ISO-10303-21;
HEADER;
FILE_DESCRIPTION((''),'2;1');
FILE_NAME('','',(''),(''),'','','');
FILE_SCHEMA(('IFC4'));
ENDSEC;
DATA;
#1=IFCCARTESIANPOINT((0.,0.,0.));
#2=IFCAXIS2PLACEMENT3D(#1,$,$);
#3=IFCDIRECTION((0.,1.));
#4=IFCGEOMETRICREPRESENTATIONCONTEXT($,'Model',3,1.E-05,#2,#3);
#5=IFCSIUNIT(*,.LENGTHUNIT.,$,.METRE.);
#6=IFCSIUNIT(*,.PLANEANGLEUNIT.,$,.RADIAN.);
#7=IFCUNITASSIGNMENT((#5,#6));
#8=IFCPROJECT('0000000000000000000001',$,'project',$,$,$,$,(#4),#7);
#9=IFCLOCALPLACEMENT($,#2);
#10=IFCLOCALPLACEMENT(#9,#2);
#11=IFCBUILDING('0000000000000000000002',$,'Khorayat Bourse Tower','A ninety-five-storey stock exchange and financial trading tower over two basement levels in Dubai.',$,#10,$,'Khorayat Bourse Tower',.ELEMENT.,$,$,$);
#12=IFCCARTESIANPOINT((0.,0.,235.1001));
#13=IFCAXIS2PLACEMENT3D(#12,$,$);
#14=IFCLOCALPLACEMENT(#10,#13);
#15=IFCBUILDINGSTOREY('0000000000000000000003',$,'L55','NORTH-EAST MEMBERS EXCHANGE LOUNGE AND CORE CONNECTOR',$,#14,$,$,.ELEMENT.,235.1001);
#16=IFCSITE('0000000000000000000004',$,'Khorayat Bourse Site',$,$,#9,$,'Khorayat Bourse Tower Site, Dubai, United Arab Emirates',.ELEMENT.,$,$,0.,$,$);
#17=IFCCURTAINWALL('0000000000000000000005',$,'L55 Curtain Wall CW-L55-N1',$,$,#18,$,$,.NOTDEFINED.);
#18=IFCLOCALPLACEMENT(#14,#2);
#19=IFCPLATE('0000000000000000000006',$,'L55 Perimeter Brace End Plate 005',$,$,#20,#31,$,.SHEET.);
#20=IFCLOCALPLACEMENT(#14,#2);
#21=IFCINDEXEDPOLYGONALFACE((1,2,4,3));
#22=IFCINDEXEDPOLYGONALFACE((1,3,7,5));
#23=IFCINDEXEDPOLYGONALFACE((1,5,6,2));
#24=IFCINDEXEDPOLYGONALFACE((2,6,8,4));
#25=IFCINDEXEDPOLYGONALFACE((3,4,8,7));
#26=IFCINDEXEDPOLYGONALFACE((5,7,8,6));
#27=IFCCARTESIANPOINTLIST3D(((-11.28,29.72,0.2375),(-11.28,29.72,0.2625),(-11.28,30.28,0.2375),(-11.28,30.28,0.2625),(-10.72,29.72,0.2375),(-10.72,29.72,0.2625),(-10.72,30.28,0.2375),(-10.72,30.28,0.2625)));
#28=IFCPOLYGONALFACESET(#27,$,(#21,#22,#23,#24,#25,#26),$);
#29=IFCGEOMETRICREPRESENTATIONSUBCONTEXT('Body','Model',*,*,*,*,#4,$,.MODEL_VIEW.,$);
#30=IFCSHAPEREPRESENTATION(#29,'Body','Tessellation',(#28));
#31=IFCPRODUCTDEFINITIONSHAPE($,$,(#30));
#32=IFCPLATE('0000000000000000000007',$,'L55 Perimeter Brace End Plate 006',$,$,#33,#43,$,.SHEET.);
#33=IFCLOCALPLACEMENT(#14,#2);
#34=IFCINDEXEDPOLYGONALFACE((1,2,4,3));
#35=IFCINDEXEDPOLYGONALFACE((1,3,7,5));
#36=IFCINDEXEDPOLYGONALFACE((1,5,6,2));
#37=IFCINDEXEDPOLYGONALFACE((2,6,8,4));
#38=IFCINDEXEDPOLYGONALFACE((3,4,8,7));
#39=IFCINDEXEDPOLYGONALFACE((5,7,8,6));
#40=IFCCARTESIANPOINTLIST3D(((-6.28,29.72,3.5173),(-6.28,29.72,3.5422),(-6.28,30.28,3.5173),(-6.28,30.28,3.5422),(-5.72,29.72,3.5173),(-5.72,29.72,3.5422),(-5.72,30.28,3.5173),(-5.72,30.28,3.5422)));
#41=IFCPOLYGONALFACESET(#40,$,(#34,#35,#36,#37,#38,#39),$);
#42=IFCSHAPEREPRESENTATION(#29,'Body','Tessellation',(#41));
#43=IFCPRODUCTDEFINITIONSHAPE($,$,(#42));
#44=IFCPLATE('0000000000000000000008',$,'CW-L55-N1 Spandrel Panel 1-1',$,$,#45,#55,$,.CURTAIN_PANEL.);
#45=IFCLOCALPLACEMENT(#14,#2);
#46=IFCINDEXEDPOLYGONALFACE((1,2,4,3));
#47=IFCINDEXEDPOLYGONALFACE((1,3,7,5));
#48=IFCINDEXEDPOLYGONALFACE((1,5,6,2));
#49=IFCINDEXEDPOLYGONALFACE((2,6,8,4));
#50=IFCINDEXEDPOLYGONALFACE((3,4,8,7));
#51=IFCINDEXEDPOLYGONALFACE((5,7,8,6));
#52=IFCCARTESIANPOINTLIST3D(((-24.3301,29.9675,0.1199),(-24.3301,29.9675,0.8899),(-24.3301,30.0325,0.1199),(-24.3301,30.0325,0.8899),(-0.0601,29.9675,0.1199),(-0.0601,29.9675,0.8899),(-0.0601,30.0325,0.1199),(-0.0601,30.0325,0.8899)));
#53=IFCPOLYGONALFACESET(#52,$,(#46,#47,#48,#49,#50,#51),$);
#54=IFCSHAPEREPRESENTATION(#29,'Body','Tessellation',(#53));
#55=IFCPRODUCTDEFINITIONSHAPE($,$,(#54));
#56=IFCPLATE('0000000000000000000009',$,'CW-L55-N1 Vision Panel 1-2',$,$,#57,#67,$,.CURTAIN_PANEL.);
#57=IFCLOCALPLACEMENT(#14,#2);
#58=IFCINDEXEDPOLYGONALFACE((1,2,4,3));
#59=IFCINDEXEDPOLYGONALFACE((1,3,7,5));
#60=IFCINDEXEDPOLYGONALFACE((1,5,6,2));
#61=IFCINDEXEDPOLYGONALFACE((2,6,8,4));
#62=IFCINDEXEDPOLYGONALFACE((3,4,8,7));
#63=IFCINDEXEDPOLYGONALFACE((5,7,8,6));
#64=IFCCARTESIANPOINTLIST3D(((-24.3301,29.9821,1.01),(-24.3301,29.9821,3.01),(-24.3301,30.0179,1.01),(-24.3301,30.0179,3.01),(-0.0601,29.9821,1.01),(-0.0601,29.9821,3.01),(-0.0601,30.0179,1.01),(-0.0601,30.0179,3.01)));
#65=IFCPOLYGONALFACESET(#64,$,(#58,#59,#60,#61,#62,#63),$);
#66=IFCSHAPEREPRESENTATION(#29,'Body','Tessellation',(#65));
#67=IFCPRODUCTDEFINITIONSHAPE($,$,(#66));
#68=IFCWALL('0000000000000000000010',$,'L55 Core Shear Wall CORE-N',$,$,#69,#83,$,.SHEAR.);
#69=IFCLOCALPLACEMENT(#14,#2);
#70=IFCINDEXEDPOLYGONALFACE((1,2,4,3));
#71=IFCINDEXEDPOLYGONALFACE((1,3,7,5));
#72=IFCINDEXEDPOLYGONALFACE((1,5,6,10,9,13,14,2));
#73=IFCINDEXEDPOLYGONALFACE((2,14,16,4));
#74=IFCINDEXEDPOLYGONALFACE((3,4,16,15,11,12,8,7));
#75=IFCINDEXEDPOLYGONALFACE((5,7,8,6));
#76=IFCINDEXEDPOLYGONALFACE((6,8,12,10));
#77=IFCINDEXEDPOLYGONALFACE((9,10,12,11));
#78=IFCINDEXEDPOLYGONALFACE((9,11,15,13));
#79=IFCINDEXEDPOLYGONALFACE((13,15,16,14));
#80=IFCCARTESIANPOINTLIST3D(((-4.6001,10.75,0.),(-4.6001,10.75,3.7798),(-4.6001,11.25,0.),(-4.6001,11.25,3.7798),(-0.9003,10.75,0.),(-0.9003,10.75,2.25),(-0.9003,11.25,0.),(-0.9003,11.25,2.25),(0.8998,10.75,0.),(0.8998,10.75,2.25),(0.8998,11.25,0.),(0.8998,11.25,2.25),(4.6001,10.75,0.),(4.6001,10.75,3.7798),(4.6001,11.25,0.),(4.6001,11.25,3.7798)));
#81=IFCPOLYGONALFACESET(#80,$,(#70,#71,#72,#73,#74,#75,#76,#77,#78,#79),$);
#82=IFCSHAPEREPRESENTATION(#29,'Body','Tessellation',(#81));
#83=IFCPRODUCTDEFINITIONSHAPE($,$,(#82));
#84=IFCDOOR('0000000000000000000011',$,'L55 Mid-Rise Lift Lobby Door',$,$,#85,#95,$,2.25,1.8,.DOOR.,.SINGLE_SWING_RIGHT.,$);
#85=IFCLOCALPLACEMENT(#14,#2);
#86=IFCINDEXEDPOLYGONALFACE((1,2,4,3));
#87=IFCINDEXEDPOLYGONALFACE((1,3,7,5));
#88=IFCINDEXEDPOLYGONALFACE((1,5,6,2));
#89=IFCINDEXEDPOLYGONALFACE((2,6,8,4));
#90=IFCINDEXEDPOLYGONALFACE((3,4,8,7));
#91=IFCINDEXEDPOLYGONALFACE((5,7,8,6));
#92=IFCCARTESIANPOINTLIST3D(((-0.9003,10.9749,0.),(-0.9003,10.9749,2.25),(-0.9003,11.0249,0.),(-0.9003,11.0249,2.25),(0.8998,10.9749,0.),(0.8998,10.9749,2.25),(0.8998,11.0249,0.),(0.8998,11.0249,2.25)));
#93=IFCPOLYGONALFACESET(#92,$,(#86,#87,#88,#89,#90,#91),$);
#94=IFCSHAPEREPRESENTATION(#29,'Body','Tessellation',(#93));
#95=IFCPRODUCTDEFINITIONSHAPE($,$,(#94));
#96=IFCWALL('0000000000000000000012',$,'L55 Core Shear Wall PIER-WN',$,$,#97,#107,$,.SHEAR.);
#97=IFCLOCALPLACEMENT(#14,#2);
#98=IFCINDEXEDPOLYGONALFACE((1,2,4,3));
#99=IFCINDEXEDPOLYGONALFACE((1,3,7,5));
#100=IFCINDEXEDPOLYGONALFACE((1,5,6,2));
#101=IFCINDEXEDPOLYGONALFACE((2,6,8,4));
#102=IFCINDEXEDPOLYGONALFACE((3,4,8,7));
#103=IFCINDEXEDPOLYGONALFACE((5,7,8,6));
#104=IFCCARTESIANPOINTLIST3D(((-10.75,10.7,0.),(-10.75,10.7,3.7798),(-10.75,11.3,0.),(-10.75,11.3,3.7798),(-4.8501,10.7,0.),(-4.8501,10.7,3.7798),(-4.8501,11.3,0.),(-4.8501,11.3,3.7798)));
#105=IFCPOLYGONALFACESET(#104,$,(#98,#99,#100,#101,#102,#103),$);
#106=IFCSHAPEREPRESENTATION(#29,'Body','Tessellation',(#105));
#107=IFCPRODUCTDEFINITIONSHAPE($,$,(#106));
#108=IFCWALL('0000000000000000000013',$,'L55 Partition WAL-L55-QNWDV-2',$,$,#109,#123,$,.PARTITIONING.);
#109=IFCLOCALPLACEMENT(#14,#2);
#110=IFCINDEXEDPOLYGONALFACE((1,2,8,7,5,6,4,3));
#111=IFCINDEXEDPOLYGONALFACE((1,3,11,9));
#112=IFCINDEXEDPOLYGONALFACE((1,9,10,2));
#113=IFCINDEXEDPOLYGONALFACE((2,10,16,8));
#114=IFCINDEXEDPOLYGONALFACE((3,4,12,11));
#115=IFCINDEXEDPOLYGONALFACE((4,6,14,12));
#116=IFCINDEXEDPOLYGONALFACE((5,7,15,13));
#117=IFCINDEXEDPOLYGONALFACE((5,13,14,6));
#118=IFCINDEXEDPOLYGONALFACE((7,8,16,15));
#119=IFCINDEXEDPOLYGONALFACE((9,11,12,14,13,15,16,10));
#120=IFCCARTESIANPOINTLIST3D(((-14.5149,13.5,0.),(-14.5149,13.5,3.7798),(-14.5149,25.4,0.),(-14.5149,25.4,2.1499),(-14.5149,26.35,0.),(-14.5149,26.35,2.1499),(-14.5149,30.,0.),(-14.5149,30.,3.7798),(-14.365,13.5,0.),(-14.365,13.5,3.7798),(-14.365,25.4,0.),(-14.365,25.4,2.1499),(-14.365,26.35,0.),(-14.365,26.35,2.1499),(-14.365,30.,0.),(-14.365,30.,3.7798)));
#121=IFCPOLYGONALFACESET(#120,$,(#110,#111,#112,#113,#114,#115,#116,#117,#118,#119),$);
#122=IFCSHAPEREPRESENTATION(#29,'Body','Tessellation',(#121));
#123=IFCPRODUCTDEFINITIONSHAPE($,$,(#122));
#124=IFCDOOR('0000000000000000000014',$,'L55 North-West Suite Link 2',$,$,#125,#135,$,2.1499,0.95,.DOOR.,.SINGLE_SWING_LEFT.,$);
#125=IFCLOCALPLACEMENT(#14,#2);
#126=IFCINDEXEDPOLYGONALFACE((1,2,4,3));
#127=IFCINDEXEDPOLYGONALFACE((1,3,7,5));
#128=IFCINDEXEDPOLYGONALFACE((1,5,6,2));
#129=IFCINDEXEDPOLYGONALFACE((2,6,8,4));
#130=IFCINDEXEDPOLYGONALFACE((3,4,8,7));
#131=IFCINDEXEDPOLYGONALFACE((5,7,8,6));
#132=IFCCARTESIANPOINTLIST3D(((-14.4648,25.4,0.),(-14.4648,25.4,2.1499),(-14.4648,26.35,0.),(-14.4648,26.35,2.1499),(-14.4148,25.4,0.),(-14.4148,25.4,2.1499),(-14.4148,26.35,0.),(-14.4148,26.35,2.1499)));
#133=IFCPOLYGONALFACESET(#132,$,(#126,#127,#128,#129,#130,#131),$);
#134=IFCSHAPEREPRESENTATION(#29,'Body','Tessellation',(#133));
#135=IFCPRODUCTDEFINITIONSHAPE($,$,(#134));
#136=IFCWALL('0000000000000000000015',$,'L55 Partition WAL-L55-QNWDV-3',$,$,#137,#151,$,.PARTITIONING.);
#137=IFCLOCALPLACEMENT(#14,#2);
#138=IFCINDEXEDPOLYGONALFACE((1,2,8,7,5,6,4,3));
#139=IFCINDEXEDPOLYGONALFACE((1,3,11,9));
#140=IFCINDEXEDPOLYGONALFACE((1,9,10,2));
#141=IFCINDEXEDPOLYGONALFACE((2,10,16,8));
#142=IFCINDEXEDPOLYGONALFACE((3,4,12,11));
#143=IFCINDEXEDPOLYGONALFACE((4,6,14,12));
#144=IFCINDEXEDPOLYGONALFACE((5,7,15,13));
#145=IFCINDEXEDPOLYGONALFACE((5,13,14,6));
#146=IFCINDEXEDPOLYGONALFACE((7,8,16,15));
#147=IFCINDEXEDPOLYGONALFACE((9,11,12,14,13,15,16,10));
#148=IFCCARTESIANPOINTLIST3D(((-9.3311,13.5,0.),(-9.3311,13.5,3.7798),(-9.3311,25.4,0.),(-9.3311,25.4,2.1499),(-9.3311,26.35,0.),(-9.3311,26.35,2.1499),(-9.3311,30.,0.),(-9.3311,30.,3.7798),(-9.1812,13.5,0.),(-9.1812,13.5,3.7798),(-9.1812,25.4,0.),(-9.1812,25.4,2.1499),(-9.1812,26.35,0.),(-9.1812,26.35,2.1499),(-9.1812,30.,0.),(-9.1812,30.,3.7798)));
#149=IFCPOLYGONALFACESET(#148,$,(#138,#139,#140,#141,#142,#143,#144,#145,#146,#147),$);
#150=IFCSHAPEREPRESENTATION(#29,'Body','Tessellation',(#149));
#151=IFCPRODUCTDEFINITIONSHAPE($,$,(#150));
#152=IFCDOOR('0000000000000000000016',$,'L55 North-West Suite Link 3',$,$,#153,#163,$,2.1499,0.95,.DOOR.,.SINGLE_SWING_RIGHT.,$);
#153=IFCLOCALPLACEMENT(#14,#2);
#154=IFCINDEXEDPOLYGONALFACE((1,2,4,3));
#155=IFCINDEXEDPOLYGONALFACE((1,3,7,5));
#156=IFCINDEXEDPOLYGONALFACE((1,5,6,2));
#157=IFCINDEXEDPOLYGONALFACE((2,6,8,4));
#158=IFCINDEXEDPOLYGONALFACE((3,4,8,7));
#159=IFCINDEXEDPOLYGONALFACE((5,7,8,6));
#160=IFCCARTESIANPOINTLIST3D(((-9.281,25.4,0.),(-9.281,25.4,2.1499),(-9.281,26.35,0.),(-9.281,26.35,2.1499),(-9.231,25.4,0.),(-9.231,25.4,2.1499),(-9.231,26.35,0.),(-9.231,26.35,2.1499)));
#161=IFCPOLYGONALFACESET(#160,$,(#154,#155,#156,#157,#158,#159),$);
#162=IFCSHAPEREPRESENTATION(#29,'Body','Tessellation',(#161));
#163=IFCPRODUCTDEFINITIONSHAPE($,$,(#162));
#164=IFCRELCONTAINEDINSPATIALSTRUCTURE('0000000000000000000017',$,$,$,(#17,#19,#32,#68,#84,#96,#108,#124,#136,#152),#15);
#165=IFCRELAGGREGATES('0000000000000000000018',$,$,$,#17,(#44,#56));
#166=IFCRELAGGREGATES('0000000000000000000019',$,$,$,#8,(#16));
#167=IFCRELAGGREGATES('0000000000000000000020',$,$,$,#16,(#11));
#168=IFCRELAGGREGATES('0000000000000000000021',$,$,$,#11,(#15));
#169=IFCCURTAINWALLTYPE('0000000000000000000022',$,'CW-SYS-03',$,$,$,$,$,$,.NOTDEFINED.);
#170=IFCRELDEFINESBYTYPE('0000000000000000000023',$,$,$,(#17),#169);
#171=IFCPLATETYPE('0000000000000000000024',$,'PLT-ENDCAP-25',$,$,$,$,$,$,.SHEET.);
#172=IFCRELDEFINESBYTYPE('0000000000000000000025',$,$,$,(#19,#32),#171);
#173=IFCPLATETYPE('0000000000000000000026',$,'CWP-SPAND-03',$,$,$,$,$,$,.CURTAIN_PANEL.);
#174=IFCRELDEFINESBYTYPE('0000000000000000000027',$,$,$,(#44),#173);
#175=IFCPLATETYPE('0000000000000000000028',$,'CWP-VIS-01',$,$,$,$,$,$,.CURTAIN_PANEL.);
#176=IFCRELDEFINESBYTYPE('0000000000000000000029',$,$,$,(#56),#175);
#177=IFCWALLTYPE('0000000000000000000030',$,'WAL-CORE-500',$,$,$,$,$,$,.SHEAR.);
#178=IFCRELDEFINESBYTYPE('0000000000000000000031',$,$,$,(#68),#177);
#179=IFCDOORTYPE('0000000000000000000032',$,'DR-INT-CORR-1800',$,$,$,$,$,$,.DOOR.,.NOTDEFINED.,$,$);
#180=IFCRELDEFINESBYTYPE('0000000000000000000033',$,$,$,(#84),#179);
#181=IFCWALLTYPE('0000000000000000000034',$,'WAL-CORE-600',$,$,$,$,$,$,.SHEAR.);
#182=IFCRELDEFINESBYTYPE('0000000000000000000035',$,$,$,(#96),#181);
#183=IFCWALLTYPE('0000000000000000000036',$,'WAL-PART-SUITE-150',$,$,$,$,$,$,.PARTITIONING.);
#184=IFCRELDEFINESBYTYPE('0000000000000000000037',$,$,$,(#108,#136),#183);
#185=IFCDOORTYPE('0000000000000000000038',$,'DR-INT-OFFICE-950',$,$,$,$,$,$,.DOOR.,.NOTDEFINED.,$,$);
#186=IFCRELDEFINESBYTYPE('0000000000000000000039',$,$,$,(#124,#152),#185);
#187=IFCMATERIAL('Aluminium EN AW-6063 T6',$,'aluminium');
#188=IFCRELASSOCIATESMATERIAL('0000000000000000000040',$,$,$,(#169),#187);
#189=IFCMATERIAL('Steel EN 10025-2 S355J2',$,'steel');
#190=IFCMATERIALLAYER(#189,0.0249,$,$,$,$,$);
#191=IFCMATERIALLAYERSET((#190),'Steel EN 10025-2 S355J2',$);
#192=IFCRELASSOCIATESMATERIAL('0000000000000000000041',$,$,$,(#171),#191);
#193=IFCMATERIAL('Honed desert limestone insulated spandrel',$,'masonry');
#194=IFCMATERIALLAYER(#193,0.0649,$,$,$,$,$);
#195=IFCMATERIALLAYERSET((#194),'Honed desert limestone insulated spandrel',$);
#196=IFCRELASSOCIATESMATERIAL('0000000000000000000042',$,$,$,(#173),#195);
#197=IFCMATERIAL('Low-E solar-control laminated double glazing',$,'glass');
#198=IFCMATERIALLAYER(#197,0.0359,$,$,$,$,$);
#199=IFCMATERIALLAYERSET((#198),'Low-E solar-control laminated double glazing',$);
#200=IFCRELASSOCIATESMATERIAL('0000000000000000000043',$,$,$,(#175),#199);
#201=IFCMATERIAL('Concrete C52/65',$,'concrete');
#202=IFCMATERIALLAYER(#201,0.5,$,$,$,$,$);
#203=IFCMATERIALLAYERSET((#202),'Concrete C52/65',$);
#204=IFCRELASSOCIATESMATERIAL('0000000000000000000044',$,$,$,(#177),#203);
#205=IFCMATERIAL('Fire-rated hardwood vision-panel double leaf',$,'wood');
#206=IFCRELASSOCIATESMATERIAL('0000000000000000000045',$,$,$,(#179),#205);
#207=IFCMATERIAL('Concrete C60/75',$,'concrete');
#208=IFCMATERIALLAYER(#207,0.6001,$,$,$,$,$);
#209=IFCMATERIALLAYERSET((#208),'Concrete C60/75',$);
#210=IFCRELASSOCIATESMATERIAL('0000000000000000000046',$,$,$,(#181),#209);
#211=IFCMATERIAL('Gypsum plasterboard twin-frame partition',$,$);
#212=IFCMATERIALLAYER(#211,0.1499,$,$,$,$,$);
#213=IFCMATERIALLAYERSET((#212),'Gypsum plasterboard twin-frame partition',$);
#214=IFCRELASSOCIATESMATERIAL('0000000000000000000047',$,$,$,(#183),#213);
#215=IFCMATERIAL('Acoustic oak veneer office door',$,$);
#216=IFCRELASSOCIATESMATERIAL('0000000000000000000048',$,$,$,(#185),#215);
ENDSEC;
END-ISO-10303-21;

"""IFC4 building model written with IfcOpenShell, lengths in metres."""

from ifc_helpers import new_model, si_unit, direction, frame, frame_2d, origin, origin_2d, place, context, subcontext, project, spatial, rectangle, extrude, source, transform, mapped, material, layer, layer_set, type_object, element, fill, aggregate, save


model = new_model("IFC4")

# Units and contexts
model_context = context("Model", 3, precision=1e-05, world=origin(), true_north=direction((0.0, 1.0)))
body_context = subcontext(model_context, "Body", "Model", "MODEL_VIEW")
ifc_project = project(units=[si_unit("LENGTHUNIT", "METRE"), si_unit("PLANEANGLEUNIT", "RADIAN")], contexts=[model_context])

# Site, building, storey
site_placement = place(None, origin())
site = spatial("IfcSite", under=ifc_project, at=site_placement, Name="Khorayat Bourse Site", LongName="Khorayat Bourse Tower Site, Dubai, United Arab Emirates", CompositionType="ELEMENT", RefElevation=0.0)
building_placement = place(site_placement, origin())
building = spatial("IfcBuilding", under=site, at=building_placement, Name="Khorayat Bourse Tower", Description="A ninety-five-storey stock exchange and financial trading tower over two basement levels in Dubai.", LongName="Khorayat Bourse Tower", CompositionType="ELEMENT")
storey_placement = place(building_placement, frame((0.0, 0.0, 235.1001)))
storey = spatial("IfcBuildingStorey", under=building, at=storey_placement, Name="L55", Description="NORTH-EAST MEMBERS EXCHANGE LOUNGE AND CORE CONNECTOR", CompositionType="ELEMENT", Elevation=235.1001)

# Curtain wall
ifc_material_1 = material(Name="Aluminium EN AW-6063 T6", Category="aluminium")
curtain_wall_type = type_object("IfcCurtainWallType", Name="CW-SYS-03", PredefinedType="NOTDEFINED", material=ifc_material_1)
curtain_wall_placement = place(storey_placement, origin())
curtain_wall = element("IfcCurtainWall", 1, at=curtain_wall_placement, inside=storey, type_object=curtain_wall_type, Name="L55 Curtain Wall CW-L55-N1", PredefinedType="NOTDEFINED")

# Plates
ifc_material_2 = material(Name="Steel EN 10025-2 S355J2", Category="steel")
ifc_layer_1 = layer(ifc_material_2, 0.0249)
ifc_layer_set_1 = layer_set([ifc_layer_1], Name="Steel EN 10025-2 S355J2")
plate_type_1 = type_object("IfcPlateType", Name="PLT-ENDCAP-25", PredefinedType="SHEET", material=ifc_layer_set_1)
shared_shape_1 = source(origin(), body_context, "Body", "SweptSolid", [
    extrude(rectangle(XDim=0.5601, YDim=0.5601, at=origin_2d()), origin(), (0.0, 0.0, 1.0), 0.0249),
])
for number, where, z_axis, x_axis, name in (
    (2, (-11.0, 30.0, 0.2375), (0.0, 0.0, 1.0), (1.0, 0.0, 0.0), "L55 Perimeter Brace End Plate 005"),
    (3, (-6.0, 30.0, 3.5173), (0.0, 0.0, 1.0), (1.0, 0.0, 0.0), "L55 Perimeter Brace End Plate 006"),
):
    element("IfcPlate", number, at=place(storey_placement, frame(where, z_axis=z_axis, x_axis=x_axis)), inside=storey, type_object=plate_type_1, Name=name, PredefinedType="SHEET", context=body_context, shape_type="MappedRepresentation", body=[
        mapped(shared_shape_1, transform((0.0, 0.0, 0.0), scale=1.0)),
    ])

# Plates
ifc_material_3 = material(Name="Honed desert limestone insulated spandrel", Category="masonry")
ifc_layer_2 = layer(ifc_material_3, 0.0649)
ifc_layer_set_2 = layer_set([ifc_layer_2], Name="Honed desert limestone insulated spandrel")
plate_type_2 = type_object("IfcPlateType", Name="CWP-SPAND-03", PredefinedType="CURTAIN_PANEL", material=ifc_layer_set_2)
shared_shape_2 = source(origin(), body_context, "Body", "SweptSolid", [
    extrude(rectangle(XDim=24.27, YDim=0.0649, at=origin_2d()), origin(), (0.0, 0.0, 1.0), 0.77),
])
plate_1_placement = place(storey_placement, frame((-12.1951, 30.0, 0.1199), z_axis=(0.0, 0.0, 1.0), x_axis=(1.0, 0.0, 0.0)))
plate_1 = element("IfcPlate", 4, at=plate_1_placement, type_object=plate_type_2, Name="CW-L55-N1 Spandrel Panel 1-1", PredefinedType="CURTAIN_PANEL", context=body_context, shape_type="MappedRepresentation", body=[
    mapped(shared_shape_2, transform((0.0, 0.0, 0.0), scale=1.0)),
])
ifc_material_4 = material(Name="Low-E solar-control laminated double glazing", Category="glass")
ifc_layer_3 = layer(ifc_material_4, 0.0359)
ifc_layer_set_3 = layer_set([ifc_layer_3], Name="Low-E solar-control laminated double glazing")
plate_type_3 = type_object("IfcPlateType", Name="CWP-VIS-01", PredefinedType="CURTAIN_PANEL", material=ifc_layer_set_3)
shared_shape_3 = source(origin(), body_context, "Body", "SweptSolid", [
    extrude(rectangle(XDim=24.27, YDim=0.0359, at=origin_2d()), origin(), (0.0, 0.0, 1.0), 2.0),
])
plate_2_placement = place(storey_placement, frame((-12.1951, 30.0, 1.01), z_axis=(0.0, 0.0, 1.0), x_axis=(1.0, 0.0, 0.0)))
plate_2 = element("IfcPlate", 5, at=plate_2_placement, type_object=plate_type_3, Name="CW-L55-N1 Vision Panel 1-2", PredefinedType="CURTAIN_PANEL", context=body_context, shape_type="MappedRepresentation", body=[
    mapped(shared_shape_3, transform((0.0, 0.0, 0.0), scale=1.0)),
])
aggregate(curtain_wall, [plate_1, plate_2])

# Wall, opening, door
ifc_material_5 = material(Name="Concrete C52/65", Category="concrete")
ifc_layer_4 = layer(ifc_material_5, 0.5)
ifc_layer_set_4 = layer_set([ifc_layer_4], Name="Concrete C52/65")
wall_type_1 = type_object("IfcWallType", Name="WAL-CORE-500", PredefinedType="SHEAR", material=ifc_layer_set_4)
shared_shape_4 = source(origin(), body_context, "Body", "SweptSolid", [
    extrude(rectangle(XDim=9.2002, YDim=0.5, at=frame_2d((4.6001, 0.0))), origin(), (0.0, 0.0, 1.0), 3.7798),
])
wall_1_placement = place(storey_placement, frame((-4.6001, 11.0, 0.0), z_axis=(0.0, 0.0, 1.0), x_axis=(1.0, 0.0, 0.0)))
wall_1 = element("IfcWall", 6, at=wall_1_placement, inside=storey, type_object=wall_type_1, Name="L55 Core Shear Wall CORE-N", PredefinedType="SHEAR", context=body_context, shape_type="MappedRepresentation", body=[
    mapped(shared_shape_4, transform((0.0, 0.0, 0.0), scale=1.0)),
])
shared_shape_5 = source(origin(), body_context, "Body", "SweptSolid", [
    extrude(rectangle(XDim=1.8, YDim=2.25, at=frame_2d((0.8999, 1.125))), frame((0.0, 0.26, 0.0), z_axis=(0.0, -1.0, 0.0), x_axis=(1.0, 0.0, 0.0)), (0.0, 0.0, 1.0), 0.52),
])
opening_1_placement = place(wall_1_placement, frame((3.7, 0.0, 0.0)))
opening_1 = element("IfcOpeningElement", 7, at=opening_1_placement, cuts=wall_1, PredefinedType="OPENING", context=body_context, shape_type="MappedRepresentation", body=[
    mapped(shared_shape_5, transform((0.0, 0.0, 0.0), scale=1.0)),
])
ifc_material_6 = material(Name="Fire-rated hardwood vision-panel double leaf", Category="wood")
door_type_1 = type_object("IfcDoorType", Name="DR-INT-CORR-1800", OperationType="NOTDEFINED", PredefinedType="DOOR", material=ifc_material_6)
shared_shape_6 = source(origin(), body_context, "Body", "SweptSolid", [
    extrude(rectangle(XDim=1.8, YDim=2.25, at=frame_2d((0.8999, 1.125))), frame((0.0, 0.0249, 0.0), z_axis=(0.0, -1.0, 0.0), x_axis=(1.0, 0.0, 0.0)), (0.0, 0.0, 1.0), 0.05),
])
door_1_placement = place(opening_1_placement, origin())
door_1 = element("IfcDoor", 8, at=door_1_placement, inside=storey, type_object=door_type_1, Name="L55 Mid-Rise Lift Lobby Door", OperationType="SINGLE_SWING_RIGHT", OverallHeight=2.25, OverallWidth=1.8, PredefinedType="DOOR", context=body_context, shape_type="MappedRepresentation", body=[
    mapped(shared_shape_6, transform((0.0, 0.0, 0.0), scale=1.0)),
])
fill(opening_1, door_1)

# Wall
ifc_material_7 = material(Name="Concrete C60/75", Category="concrete")
ifc_layer_5 = layer(ifc_material_7, 0.6001)
ifc_layer_set_5 = layer_set([ifc_layer_5], Name="Concrete C60/75")
wall_type_2 = type_object("IfcWallType", Name="WAL-CORE-600", PredefinedType="SHEAR", material=ifc_layer_set_5)
shared_shape_7 = source(origin(), body_context, "Body", "SweptSolid", [
    extrude(rectangle(XDim=5.8999, YDim=0.6001, at=frame_2d((2.95, 0.0))), origin(), (0.0, 0.0, 1.0), 3.7798),
])
wall_2_placement = place(storey_placement, frame((-10.75, 11.0, 0.0), z_axis=(0.0, 0.0, 1.0), x_axis=(1.0, 0.0, 0.0)))
element("IfcWall", 9, at=wall_2_placement, inside=storey, type_object=wall_type_2, Name="L55 Core Shear Wall PIER-WN", PredefinedType="SHEAR", context=body_context, shape_type="MappedRepresentation", body=[
    mapped(shared_shape_7, transform((0.0, 0.0, 0.0), scale=1.0)),
])

# Walls, openings, doors
ifc_material_8 = material(Name="Gypsum plasterboard twin-frame partition")
ifc_layer_6 = layer(ifc_material_8, 0.1499)
ifc_layer_set_6 = layer_set([ifc_layer_6], Name="Gypsum plasterboard twin-frame partition")
wall_type_3 = type_object("IfcWallType", Name="WAL-PART-SUITE-150", PredefinedType="PARTITIONING", material=ifc_layer_set_6)
shared_shape_8 = source(origin(), body_context, "Body", "SweptSolid", [
    extrude(rectangle(XDim=16.5, YDim=0.1499, at=frame_2d((8.25, 0.0))), origin(), (0.0, 0.0, 1.0), 3.7798),
])
wall_3_placement = place(storey_placement, frame((-14.4399, 13.5, 0.0), z_axis=(0.0, 0.0, 1.0), x_axis=(0.0, 1.0, 0.0)))
wall_3 = element("IfcWall", 10, at=wall_3_placement, inside=storey, type_object=wall_type_3, Name="L55 Partition WAL-L55-QNWDV-2", PredefinedType="PARTITIONING", context=body_context, shape_type="MappedRepresentation", body=[
    mapped(shared_shape_8, transform((0.0, 0.0, 0.0), scale=1.0)),
])
shared_shape_9 = source(origin(), body_context, "Body", "SweptSolid", [
    extrude(rectangle(XDim=0.95, YDim=2.1499, at=frame_2d((0.4751, 1.075))), frame((0.0, 0.085, 0.0), z_axis=(0.0, -1.0, 0.0), x_axis=(1.0, 0.0, 0.0)), (0.0, 0.0, 1.0), 0.1699),
])
opening_2_placement = place(wall_3_placement, frame((11.8999, 0.0, 0.0)))
opening_2 = element("IfcOpeningElement", 11, at=opening_2_placement, cuts=wall_3, PredefinedType="OPENING", context=body_context, shape_type="MappedRepresentation", body=[
    mapped(shared_shape_9, transform((0.0, 0.0, 0.0), scale=1.0)),
])
ifc_material_9 = material(Name="Acoustic oak veneer office door")
door_type_2 = type_object("IfcDoorType", Name="DR-INT-OFFICE-950", OperationType="NOTDEFINED", PredefinedType="DOOR", material=ifc_material_9)
shared_shape_10 = source(origin(), body_context, "Body", "SweptSolid", [
    extrude(rectangle(XDim=0.95, YDim=2.1499, at=frame_2d((0.4751, 1.075))), frame((0.0, 0.0249, 0.0), z_axis=(0.0, -1.0, 0.0), x_axis=(1.0, 0.0, 0.0)), (0.0, 0.0, 1.0), 0.05),
])
door_2_placement = place(opening_2_placement, origin())
door_2 = element("IfcDoor", 12, at=door_2_placement, inside=storey, type_object=door_type_2, Name="L55 North-West Suite Link 2", OperationType="SINGLE_SWING_LEFT", OverallHeight=2.1499, OverallWidth=0.95, PredefinedType="DOOR", context=body_context, shape_type="MappedRepresentation", body=[
    mapped(shared_shape_10, transform((0.0, 0.0, 0.0), scale=1.0)),
])
fill(opening_2, door_2)
wall_4_placement = place(storey_placement, frame((-9.2561, 13.5, 0.0), z_axis=(0.0, 0.0, 1.0), x_axis=(0.0, 1.0, 0.0)))
wall_4 = element("IfcWall", 13, at=wall_4_placement, inside=storey, type_object=wall_type_3, Name="L55 Partition WAL-L55-QNWDV-3", PredefinedType="PARTITIONING", context=body_context, shape_type="MappedRepresentation", body=[
    mapped(shared_shape_8, transform((0.0, 0.0, 0.0), scale=1.0)),
])
opening_3_placement = place(wall_4_placement, frame((11.8999, 0.0, 0.0)))
opening_3 = element("IfcOpeningElement", 14, at=opening_3_placement, cuts=wall_4, PredefinedType="OPENING", context=body_context, shape_type="MappedRepresentation", body=[
    mapped(shared_shape_9, transform((0.0, 0.0, 0.0), scale=1.0)),
])
door_3_placement = place(opening_3_placement, origin())
door_3 = element("IfcDoor", 15, at=door_3_placement, inside=storey, type_object=door_type_2, Name="L55 North-West Suite Link 3", OperationType="SINGLE_SWING_RIGHT", OverallHeight=2.1499, OverallWidth=0.95, PredefinedType="DOOR", context=body_context, shape_type="MappedRepresentation", body=[
    mapped(shared_shape_10, transform((0.0, 0.0, 0.0), scale=1.0)),
])
fill(opening_3, door_3)

save(model, "model.ifc")
